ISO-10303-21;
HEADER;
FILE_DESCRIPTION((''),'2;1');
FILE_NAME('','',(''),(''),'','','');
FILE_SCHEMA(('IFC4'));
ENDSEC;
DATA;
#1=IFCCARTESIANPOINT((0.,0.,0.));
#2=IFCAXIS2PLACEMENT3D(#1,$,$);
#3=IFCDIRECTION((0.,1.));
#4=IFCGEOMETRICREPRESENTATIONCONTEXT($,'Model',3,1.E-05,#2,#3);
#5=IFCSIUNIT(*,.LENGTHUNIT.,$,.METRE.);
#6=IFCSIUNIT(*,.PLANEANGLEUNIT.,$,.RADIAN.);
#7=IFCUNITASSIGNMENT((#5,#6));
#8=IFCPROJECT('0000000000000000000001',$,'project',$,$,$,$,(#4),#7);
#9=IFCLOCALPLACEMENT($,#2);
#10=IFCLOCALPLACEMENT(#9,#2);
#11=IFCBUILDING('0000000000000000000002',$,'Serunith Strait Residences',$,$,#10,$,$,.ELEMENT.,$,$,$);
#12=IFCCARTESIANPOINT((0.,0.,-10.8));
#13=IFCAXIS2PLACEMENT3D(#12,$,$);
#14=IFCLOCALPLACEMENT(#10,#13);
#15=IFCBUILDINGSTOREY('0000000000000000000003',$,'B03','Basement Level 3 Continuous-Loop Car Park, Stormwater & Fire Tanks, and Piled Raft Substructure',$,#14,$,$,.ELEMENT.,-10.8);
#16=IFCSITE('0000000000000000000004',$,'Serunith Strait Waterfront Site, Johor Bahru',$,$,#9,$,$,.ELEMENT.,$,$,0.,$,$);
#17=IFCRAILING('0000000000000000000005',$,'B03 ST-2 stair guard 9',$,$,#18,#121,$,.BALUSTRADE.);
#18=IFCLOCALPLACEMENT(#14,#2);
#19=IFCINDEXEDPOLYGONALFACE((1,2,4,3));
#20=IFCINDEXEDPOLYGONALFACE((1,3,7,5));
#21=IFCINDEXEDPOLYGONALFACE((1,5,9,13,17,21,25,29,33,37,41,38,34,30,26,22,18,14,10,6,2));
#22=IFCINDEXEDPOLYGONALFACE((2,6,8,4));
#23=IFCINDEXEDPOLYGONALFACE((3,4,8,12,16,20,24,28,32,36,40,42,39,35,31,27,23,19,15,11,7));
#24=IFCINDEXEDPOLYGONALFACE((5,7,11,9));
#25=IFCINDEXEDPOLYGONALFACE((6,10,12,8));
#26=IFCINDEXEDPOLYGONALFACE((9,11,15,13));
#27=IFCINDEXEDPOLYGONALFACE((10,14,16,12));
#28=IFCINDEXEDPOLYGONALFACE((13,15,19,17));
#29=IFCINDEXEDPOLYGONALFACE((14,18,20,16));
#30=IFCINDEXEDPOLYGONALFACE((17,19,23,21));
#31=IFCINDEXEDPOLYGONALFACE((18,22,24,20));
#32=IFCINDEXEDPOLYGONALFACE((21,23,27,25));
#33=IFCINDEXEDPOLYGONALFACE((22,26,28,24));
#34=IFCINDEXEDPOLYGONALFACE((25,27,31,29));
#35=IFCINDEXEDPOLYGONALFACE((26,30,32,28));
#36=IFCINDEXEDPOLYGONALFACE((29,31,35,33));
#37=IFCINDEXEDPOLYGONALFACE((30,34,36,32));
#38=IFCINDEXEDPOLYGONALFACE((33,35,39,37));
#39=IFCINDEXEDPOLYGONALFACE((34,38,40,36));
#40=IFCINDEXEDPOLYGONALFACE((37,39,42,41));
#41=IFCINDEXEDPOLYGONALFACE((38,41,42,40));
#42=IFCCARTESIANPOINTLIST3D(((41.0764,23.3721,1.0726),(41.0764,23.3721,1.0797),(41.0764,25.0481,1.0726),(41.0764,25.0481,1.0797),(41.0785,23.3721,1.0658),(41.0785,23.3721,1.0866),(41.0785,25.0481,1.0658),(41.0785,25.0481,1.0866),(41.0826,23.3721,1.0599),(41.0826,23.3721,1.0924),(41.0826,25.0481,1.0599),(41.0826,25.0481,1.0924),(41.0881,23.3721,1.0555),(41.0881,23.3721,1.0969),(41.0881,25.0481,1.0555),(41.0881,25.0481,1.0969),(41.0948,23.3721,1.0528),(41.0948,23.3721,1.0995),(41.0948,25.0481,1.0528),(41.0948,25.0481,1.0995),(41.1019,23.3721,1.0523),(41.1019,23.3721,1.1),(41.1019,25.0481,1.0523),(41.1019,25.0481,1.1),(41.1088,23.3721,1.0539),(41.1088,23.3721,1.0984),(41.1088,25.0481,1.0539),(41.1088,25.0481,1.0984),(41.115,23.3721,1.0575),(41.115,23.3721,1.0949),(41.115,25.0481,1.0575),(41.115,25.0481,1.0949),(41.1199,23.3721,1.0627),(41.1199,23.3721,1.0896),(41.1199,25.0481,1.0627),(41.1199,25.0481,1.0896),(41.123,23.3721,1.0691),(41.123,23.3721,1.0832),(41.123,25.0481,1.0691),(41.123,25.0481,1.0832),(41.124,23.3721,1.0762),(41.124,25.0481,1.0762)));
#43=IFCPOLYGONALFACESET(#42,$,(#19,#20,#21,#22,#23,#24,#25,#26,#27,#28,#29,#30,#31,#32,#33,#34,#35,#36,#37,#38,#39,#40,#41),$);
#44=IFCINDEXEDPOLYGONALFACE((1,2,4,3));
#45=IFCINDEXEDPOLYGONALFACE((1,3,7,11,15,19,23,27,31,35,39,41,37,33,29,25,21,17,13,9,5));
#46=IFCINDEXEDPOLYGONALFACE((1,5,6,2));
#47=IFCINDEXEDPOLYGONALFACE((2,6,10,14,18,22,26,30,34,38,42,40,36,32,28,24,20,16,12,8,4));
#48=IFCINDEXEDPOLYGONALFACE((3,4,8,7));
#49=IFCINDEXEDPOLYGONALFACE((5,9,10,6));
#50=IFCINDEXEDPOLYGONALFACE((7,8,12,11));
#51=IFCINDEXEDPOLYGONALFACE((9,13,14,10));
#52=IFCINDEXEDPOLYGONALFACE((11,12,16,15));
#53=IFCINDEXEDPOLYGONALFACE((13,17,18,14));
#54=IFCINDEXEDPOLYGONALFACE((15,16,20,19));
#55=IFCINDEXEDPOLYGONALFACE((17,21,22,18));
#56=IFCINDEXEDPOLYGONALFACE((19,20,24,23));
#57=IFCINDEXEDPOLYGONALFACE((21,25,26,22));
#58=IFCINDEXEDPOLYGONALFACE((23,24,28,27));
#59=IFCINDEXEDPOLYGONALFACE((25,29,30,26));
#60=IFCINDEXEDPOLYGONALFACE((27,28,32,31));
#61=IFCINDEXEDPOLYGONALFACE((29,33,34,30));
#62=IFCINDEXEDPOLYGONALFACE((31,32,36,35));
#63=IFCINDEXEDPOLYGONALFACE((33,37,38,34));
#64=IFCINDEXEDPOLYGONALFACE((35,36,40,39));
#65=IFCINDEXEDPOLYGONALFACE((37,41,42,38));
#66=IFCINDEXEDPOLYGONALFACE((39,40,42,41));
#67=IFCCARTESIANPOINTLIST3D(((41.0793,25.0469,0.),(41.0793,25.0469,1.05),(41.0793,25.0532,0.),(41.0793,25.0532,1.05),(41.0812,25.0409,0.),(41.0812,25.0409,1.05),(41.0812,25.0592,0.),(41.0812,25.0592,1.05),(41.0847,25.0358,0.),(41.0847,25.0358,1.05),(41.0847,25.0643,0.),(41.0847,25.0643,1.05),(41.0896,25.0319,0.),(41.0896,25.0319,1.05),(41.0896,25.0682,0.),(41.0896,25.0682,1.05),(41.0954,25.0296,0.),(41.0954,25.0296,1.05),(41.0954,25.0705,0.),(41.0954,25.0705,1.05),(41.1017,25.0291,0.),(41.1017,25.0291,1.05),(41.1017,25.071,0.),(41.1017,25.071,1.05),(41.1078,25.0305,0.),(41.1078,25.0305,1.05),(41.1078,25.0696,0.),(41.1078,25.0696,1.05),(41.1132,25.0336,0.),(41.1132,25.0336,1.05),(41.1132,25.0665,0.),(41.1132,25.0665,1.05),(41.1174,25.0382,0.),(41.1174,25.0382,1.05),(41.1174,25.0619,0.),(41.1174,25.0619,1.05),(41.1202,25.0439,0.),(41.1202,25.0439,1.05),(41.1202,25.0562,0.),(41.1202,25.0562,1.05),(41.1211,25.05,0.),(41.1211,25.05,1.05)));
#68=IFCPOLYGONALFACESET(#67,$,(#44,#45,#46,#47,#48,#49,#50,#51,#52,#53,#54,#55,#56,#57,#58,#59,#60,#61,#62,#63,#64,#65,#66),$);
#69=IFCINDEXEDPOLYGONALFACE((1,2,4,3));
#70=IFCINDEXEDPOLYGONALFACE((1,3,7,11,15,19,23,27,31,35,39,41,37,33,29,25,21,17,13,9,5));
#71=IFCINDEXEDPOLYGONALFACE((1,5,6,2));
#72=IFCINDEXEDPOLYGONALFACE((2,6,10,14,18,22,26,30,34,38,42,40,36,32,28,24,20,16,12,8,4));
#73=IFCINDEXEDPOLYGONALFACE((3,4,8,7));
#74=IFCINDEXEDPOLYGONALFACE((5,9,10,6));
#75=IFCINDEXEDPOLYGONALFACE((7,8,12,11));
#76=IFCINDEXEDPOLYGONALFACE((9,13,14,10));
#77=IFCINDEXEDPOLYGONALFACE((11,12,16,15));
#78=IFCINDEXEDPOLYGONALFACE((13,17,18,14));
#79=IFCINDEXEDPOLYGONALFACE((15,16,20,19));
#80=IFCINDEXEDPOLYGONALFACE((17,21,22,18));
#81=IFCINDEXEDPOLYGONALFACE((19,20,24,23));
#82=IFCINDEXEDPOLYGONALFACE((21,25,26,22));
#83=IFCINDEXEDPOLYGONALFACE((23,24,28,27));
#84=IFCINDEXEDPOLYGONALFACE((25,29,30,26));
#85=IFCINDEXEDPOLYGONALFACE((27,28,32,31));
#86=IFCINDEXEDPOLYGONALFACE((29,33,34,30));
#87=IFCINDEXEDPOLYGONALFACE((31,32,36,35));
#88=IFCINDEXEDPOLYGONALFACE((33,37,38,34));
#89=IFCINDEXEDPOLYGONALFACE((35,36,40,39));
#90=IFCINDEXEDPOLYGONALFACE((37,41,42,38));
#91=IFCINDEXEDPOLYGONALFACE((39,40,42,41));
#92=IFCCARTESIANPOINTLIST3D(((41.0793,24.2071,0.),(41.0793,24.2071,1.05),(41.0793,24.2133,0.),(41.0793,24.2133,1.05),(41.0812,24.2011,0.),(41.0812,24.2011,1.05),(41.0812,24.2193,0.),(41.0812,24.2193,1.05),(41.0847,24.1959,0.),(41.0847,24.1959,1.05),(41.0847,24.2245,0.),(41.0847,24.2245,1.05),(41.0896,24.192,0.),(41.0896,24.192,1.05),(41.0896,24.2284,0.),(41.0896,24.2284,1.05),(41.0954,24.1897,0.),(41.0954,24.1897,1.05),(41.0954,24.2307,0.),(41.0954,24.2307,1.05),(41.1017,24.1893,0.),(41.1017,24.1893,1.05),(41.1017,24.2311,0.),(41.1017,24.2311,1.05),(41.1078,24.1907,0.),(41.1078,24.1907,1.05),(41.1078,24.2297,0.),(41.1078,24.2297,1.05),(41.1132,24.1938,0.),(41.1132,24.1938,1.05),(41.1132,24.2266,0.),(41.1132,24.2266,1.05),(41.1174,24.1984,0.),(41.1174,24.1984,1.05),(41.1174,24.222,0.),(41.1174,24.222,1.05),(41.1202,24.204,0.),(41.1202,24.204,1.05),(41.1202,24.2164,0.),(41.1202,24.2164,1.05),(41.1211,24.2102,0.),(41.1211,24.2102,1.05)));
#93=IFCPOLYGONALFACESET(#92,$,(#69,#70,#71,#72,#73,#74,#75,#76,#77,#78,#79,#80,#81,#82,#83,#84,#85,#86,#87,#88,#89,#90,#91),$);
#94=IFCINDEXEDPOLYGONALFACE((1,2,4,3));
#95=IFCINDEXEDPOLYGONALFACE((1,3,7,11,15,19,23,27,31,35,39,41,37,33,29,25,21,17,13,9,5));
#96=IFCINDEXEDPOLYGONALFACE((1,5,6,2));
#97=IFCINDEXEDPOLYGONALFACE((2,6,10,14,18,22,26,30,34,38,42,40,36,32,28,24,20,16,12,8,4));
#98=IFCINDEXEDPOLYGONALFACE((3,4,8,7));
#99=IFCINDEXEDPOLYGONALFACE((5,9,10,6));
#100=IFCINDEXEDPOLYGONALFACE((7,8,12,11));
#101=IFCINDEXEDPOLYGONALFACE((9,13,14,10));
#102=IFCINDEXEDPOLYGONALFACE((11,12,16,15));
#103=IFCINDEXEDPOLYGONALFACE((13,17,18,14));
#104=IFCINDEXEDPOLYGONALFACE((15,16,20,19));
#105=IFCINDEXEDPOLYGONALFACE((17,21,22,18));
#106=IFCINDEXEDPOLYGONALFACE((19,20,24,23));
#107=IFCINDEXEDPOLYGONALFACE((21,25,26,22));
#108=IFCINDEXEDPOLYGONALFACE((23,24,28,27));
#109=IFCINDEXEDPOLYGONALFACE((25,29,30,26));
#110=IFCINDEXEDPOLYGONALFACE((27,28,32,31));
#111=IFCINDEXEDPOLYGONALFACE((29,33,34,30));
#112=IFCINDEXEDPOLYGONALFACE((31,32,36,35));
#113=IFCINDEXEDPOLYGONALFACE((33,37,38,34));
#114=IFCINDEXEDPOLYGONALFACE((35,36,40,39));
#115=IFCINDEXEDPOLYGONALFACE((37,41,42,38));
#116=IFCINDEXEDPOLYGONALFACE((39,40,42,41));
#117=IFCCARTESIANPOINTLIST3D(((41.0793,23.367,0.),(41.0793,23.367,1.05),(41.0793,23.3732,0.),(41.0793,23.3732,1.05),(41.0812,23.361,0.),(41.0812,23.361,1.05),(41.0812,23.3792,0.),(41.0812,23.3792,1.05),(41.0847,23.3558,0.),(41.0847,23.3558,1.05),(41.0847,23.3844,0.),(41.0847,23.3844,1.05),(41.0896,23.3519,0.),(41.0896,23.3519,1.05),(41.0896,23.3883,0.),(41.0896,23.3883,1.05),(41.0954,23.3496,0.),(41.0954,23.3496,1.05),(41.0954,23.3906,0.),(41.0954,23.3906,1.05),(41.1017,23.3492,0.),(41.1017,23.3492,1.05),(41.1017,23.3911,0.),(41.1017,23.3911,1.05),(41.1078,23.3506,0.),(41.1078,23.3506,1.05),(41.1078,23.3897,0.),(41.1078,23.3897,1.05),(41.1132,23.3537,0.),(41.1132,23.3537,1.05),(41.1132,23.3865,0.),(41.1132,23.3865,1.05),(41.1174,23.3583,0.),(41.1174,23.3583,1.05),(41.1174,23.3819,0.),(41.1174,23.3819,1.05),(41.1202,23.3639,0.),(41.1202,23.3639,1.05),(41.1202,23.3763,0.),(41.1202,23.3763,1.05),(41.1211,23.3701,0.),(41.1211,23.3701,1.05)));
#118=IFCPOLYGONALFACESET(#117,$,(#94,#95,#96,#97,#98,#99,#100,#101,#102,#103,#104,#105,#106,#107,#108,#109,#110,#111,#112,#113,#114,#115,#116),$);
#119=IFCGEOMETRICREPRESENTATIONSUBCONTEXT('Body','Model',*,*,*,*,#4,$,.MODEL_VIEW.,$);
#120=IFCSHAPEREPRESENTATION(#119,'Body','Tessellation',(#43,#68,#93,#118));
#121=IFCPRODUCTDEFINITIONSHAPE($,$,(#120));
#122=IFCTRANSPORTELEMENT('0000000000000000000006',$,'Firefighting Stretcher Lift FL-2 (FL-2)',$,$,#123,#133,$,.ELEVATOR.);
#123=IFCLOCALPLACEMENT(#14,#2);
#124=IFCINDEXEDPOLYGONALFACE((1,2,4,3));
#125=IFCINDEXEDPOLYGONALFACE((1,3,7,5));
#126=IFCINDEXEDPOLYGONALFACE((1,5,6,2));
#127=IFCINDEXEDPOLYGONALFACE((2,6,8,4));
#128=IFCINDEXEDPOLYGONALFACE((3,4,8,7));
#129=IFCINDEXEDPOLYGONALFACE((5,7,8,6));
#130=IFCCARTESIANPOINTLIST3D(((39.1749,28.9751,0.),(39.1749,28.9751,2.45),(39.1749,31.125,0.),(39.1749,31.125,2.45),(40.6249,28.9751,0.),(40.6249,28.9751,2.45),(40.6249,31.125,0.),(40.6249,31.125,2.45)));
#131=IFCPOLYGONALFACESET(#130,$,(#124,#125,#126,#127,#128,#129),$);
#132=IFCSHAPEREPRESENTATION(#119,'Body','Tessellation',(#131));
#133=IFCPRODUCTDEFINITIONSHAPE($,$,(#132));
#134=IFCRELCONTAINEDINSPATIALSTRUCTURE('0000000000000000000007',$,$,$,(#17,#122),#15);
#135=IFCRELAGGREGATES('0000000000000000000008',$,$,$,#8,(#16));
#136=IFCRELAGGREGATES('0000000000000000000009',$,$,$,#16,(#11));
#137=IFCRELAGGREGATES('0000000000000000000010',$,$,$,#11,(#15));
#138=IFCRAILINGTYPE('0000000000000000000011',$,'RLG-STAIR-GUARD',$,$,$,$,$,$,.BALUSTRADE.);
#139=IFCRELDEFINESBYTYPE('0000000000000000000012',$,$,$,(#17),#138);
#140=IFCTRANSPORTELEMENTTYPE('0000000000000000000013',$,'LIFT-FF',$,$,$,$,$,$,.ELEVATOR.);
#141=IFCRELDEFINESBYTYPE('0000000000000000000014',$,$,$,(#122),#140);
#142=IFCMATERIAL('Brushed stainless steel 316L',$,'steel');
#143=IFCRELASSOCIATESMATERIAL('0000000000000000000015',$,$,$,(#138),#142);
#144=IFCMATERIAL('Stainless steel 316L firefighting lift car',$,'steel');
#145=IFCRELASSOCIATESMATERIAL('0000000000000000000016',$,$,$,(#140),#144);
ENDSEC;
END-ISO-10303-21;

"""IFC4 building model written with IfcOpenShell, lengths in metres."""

from ifc_helpers import new_model, si_unit, direction, frame, origin, origin_2d, place, context, subcontext, project, spatial, rectangle, circle, extrude, source, transform, mapped, material, type_object, element, save


model = new_model("IFC4")

# Units and contexts
model_context = context("Model", 3, precision=1e-05, world=origin(), true_north=direction((0.0, 1.0)))
body_context = subcontext(model_context, "Body", "Model", "MODEL_VIEW")
ifc_project = project(units=[si_unit("LENGTHUNIT", "METRE"), si_unit("PLANEANGLEUNIT", "RADIAN")], contexts=[model_context])

# Site, building, storey
site_placement = place(None, origin())
site = spatial("IfcSite", under=ifc_project, at=site_placement, Name="Serunith Strait Waterfront Site, Johor Bahru", CompositionType="ELEMENT", RefElevation=0.0)
building_placement = place(site_placement, origin())
building = spatial("IfcBuilding", under=site, at=building_placement, Name="Serunith Strait Residences", CompositionType="ELEMENT")
storey_placement = place(building_placement, frame((0.0, 0.0, -10.8)))
storey = spatial("IfcBuildingStorey", under=building, at=storey_placement, Name="B03", Description="Basement Level 3 Continuous-Loop Car Park, Stormwater & Fire Tanks, and Piled Raft Substructure", CompositionType="ELEMENT", Elevation=-10.8)

# Railing
ifc_material_1 = material(Name="Brushed stainless steel 316L", Category="steel")
railing_type = type_object("IfcRailingType", Name="RLG-STAIR-GUARD", PredefinedType="BALUSTRADE", material=ifc_material_1)
railing_placement = place(storey_placement, frame((41.1001, 25.05, 0.0)))
element("IfcRailing", 1, at=railing_placement, inside=storey, type_object=railing_type, Name="B03 ST-2 stair guard 9", PredefinedType="BALUSTRADE", context=body_context, shape_type="SweptSolid", body=[
    extrude(circle(Radius=0.0239, at=origin_2d()), frame((0.0, -0.002, 1.0762), z_axis=(0.0, -1.0, 0.0), x_axis=(1.0, 0.0, 0.0)), (0.0, 0.0, 1.0), 1.676),
    extrude(circle(Radius=0.021, at=origin_2d()), origin(), (0.0, 0.0, 1.0), 1.05),
    extrude(circle(Radius=0.021, at=origin_2d()), frame((0.0, -0.8398, 0.0)), (0.0, 0.0, 1.0), 1.05),
    extrude(circle(Radius=0.021, at=origin_2d()), frame((0.0, -1.6799, 0.0)), (0.0, 0.0, 1.0), 1.05),
])

# Transport element
ifc_material_2 = material(Name="Stainless steel 316L firefighting lift car", Category="steel")
transport_element_type = type_object("IfcTransportElementType", Name="LIFT-FF", PredefinedType="ELEVATOR", material=ifc_material_2)
shared_shape_1 = source(origin(), body_context, "Body", "SweptSolid", [
    extrude(rectangle(XDim=1.45, YDim=2.1499, at=origin_2d()), origin(), (0.0, 0.0, 1.0), 2.45),
])
transport_element_placement = place(storey_placement, frame((39.8999, 30.05, 0.0), z_axis=(0.0, 0.0, 1.0), x_axis=(1.0, 0.0, 0.0)))
element("IfcTransportElement", 2, at=transport_element_placement, inside=storey, type_object=transport_element_type, Name="Firefighting Stretcher Lift FL-2 (FL-2)", PredefinedType="ELEVATOR", context=body_context, shape_type="MappedRepresentation", body=[
    mapped(shared_shape_1, transform((0.0, 0.0, 0.0), scale=1.0)),
])

save(model, "model.ifc")
